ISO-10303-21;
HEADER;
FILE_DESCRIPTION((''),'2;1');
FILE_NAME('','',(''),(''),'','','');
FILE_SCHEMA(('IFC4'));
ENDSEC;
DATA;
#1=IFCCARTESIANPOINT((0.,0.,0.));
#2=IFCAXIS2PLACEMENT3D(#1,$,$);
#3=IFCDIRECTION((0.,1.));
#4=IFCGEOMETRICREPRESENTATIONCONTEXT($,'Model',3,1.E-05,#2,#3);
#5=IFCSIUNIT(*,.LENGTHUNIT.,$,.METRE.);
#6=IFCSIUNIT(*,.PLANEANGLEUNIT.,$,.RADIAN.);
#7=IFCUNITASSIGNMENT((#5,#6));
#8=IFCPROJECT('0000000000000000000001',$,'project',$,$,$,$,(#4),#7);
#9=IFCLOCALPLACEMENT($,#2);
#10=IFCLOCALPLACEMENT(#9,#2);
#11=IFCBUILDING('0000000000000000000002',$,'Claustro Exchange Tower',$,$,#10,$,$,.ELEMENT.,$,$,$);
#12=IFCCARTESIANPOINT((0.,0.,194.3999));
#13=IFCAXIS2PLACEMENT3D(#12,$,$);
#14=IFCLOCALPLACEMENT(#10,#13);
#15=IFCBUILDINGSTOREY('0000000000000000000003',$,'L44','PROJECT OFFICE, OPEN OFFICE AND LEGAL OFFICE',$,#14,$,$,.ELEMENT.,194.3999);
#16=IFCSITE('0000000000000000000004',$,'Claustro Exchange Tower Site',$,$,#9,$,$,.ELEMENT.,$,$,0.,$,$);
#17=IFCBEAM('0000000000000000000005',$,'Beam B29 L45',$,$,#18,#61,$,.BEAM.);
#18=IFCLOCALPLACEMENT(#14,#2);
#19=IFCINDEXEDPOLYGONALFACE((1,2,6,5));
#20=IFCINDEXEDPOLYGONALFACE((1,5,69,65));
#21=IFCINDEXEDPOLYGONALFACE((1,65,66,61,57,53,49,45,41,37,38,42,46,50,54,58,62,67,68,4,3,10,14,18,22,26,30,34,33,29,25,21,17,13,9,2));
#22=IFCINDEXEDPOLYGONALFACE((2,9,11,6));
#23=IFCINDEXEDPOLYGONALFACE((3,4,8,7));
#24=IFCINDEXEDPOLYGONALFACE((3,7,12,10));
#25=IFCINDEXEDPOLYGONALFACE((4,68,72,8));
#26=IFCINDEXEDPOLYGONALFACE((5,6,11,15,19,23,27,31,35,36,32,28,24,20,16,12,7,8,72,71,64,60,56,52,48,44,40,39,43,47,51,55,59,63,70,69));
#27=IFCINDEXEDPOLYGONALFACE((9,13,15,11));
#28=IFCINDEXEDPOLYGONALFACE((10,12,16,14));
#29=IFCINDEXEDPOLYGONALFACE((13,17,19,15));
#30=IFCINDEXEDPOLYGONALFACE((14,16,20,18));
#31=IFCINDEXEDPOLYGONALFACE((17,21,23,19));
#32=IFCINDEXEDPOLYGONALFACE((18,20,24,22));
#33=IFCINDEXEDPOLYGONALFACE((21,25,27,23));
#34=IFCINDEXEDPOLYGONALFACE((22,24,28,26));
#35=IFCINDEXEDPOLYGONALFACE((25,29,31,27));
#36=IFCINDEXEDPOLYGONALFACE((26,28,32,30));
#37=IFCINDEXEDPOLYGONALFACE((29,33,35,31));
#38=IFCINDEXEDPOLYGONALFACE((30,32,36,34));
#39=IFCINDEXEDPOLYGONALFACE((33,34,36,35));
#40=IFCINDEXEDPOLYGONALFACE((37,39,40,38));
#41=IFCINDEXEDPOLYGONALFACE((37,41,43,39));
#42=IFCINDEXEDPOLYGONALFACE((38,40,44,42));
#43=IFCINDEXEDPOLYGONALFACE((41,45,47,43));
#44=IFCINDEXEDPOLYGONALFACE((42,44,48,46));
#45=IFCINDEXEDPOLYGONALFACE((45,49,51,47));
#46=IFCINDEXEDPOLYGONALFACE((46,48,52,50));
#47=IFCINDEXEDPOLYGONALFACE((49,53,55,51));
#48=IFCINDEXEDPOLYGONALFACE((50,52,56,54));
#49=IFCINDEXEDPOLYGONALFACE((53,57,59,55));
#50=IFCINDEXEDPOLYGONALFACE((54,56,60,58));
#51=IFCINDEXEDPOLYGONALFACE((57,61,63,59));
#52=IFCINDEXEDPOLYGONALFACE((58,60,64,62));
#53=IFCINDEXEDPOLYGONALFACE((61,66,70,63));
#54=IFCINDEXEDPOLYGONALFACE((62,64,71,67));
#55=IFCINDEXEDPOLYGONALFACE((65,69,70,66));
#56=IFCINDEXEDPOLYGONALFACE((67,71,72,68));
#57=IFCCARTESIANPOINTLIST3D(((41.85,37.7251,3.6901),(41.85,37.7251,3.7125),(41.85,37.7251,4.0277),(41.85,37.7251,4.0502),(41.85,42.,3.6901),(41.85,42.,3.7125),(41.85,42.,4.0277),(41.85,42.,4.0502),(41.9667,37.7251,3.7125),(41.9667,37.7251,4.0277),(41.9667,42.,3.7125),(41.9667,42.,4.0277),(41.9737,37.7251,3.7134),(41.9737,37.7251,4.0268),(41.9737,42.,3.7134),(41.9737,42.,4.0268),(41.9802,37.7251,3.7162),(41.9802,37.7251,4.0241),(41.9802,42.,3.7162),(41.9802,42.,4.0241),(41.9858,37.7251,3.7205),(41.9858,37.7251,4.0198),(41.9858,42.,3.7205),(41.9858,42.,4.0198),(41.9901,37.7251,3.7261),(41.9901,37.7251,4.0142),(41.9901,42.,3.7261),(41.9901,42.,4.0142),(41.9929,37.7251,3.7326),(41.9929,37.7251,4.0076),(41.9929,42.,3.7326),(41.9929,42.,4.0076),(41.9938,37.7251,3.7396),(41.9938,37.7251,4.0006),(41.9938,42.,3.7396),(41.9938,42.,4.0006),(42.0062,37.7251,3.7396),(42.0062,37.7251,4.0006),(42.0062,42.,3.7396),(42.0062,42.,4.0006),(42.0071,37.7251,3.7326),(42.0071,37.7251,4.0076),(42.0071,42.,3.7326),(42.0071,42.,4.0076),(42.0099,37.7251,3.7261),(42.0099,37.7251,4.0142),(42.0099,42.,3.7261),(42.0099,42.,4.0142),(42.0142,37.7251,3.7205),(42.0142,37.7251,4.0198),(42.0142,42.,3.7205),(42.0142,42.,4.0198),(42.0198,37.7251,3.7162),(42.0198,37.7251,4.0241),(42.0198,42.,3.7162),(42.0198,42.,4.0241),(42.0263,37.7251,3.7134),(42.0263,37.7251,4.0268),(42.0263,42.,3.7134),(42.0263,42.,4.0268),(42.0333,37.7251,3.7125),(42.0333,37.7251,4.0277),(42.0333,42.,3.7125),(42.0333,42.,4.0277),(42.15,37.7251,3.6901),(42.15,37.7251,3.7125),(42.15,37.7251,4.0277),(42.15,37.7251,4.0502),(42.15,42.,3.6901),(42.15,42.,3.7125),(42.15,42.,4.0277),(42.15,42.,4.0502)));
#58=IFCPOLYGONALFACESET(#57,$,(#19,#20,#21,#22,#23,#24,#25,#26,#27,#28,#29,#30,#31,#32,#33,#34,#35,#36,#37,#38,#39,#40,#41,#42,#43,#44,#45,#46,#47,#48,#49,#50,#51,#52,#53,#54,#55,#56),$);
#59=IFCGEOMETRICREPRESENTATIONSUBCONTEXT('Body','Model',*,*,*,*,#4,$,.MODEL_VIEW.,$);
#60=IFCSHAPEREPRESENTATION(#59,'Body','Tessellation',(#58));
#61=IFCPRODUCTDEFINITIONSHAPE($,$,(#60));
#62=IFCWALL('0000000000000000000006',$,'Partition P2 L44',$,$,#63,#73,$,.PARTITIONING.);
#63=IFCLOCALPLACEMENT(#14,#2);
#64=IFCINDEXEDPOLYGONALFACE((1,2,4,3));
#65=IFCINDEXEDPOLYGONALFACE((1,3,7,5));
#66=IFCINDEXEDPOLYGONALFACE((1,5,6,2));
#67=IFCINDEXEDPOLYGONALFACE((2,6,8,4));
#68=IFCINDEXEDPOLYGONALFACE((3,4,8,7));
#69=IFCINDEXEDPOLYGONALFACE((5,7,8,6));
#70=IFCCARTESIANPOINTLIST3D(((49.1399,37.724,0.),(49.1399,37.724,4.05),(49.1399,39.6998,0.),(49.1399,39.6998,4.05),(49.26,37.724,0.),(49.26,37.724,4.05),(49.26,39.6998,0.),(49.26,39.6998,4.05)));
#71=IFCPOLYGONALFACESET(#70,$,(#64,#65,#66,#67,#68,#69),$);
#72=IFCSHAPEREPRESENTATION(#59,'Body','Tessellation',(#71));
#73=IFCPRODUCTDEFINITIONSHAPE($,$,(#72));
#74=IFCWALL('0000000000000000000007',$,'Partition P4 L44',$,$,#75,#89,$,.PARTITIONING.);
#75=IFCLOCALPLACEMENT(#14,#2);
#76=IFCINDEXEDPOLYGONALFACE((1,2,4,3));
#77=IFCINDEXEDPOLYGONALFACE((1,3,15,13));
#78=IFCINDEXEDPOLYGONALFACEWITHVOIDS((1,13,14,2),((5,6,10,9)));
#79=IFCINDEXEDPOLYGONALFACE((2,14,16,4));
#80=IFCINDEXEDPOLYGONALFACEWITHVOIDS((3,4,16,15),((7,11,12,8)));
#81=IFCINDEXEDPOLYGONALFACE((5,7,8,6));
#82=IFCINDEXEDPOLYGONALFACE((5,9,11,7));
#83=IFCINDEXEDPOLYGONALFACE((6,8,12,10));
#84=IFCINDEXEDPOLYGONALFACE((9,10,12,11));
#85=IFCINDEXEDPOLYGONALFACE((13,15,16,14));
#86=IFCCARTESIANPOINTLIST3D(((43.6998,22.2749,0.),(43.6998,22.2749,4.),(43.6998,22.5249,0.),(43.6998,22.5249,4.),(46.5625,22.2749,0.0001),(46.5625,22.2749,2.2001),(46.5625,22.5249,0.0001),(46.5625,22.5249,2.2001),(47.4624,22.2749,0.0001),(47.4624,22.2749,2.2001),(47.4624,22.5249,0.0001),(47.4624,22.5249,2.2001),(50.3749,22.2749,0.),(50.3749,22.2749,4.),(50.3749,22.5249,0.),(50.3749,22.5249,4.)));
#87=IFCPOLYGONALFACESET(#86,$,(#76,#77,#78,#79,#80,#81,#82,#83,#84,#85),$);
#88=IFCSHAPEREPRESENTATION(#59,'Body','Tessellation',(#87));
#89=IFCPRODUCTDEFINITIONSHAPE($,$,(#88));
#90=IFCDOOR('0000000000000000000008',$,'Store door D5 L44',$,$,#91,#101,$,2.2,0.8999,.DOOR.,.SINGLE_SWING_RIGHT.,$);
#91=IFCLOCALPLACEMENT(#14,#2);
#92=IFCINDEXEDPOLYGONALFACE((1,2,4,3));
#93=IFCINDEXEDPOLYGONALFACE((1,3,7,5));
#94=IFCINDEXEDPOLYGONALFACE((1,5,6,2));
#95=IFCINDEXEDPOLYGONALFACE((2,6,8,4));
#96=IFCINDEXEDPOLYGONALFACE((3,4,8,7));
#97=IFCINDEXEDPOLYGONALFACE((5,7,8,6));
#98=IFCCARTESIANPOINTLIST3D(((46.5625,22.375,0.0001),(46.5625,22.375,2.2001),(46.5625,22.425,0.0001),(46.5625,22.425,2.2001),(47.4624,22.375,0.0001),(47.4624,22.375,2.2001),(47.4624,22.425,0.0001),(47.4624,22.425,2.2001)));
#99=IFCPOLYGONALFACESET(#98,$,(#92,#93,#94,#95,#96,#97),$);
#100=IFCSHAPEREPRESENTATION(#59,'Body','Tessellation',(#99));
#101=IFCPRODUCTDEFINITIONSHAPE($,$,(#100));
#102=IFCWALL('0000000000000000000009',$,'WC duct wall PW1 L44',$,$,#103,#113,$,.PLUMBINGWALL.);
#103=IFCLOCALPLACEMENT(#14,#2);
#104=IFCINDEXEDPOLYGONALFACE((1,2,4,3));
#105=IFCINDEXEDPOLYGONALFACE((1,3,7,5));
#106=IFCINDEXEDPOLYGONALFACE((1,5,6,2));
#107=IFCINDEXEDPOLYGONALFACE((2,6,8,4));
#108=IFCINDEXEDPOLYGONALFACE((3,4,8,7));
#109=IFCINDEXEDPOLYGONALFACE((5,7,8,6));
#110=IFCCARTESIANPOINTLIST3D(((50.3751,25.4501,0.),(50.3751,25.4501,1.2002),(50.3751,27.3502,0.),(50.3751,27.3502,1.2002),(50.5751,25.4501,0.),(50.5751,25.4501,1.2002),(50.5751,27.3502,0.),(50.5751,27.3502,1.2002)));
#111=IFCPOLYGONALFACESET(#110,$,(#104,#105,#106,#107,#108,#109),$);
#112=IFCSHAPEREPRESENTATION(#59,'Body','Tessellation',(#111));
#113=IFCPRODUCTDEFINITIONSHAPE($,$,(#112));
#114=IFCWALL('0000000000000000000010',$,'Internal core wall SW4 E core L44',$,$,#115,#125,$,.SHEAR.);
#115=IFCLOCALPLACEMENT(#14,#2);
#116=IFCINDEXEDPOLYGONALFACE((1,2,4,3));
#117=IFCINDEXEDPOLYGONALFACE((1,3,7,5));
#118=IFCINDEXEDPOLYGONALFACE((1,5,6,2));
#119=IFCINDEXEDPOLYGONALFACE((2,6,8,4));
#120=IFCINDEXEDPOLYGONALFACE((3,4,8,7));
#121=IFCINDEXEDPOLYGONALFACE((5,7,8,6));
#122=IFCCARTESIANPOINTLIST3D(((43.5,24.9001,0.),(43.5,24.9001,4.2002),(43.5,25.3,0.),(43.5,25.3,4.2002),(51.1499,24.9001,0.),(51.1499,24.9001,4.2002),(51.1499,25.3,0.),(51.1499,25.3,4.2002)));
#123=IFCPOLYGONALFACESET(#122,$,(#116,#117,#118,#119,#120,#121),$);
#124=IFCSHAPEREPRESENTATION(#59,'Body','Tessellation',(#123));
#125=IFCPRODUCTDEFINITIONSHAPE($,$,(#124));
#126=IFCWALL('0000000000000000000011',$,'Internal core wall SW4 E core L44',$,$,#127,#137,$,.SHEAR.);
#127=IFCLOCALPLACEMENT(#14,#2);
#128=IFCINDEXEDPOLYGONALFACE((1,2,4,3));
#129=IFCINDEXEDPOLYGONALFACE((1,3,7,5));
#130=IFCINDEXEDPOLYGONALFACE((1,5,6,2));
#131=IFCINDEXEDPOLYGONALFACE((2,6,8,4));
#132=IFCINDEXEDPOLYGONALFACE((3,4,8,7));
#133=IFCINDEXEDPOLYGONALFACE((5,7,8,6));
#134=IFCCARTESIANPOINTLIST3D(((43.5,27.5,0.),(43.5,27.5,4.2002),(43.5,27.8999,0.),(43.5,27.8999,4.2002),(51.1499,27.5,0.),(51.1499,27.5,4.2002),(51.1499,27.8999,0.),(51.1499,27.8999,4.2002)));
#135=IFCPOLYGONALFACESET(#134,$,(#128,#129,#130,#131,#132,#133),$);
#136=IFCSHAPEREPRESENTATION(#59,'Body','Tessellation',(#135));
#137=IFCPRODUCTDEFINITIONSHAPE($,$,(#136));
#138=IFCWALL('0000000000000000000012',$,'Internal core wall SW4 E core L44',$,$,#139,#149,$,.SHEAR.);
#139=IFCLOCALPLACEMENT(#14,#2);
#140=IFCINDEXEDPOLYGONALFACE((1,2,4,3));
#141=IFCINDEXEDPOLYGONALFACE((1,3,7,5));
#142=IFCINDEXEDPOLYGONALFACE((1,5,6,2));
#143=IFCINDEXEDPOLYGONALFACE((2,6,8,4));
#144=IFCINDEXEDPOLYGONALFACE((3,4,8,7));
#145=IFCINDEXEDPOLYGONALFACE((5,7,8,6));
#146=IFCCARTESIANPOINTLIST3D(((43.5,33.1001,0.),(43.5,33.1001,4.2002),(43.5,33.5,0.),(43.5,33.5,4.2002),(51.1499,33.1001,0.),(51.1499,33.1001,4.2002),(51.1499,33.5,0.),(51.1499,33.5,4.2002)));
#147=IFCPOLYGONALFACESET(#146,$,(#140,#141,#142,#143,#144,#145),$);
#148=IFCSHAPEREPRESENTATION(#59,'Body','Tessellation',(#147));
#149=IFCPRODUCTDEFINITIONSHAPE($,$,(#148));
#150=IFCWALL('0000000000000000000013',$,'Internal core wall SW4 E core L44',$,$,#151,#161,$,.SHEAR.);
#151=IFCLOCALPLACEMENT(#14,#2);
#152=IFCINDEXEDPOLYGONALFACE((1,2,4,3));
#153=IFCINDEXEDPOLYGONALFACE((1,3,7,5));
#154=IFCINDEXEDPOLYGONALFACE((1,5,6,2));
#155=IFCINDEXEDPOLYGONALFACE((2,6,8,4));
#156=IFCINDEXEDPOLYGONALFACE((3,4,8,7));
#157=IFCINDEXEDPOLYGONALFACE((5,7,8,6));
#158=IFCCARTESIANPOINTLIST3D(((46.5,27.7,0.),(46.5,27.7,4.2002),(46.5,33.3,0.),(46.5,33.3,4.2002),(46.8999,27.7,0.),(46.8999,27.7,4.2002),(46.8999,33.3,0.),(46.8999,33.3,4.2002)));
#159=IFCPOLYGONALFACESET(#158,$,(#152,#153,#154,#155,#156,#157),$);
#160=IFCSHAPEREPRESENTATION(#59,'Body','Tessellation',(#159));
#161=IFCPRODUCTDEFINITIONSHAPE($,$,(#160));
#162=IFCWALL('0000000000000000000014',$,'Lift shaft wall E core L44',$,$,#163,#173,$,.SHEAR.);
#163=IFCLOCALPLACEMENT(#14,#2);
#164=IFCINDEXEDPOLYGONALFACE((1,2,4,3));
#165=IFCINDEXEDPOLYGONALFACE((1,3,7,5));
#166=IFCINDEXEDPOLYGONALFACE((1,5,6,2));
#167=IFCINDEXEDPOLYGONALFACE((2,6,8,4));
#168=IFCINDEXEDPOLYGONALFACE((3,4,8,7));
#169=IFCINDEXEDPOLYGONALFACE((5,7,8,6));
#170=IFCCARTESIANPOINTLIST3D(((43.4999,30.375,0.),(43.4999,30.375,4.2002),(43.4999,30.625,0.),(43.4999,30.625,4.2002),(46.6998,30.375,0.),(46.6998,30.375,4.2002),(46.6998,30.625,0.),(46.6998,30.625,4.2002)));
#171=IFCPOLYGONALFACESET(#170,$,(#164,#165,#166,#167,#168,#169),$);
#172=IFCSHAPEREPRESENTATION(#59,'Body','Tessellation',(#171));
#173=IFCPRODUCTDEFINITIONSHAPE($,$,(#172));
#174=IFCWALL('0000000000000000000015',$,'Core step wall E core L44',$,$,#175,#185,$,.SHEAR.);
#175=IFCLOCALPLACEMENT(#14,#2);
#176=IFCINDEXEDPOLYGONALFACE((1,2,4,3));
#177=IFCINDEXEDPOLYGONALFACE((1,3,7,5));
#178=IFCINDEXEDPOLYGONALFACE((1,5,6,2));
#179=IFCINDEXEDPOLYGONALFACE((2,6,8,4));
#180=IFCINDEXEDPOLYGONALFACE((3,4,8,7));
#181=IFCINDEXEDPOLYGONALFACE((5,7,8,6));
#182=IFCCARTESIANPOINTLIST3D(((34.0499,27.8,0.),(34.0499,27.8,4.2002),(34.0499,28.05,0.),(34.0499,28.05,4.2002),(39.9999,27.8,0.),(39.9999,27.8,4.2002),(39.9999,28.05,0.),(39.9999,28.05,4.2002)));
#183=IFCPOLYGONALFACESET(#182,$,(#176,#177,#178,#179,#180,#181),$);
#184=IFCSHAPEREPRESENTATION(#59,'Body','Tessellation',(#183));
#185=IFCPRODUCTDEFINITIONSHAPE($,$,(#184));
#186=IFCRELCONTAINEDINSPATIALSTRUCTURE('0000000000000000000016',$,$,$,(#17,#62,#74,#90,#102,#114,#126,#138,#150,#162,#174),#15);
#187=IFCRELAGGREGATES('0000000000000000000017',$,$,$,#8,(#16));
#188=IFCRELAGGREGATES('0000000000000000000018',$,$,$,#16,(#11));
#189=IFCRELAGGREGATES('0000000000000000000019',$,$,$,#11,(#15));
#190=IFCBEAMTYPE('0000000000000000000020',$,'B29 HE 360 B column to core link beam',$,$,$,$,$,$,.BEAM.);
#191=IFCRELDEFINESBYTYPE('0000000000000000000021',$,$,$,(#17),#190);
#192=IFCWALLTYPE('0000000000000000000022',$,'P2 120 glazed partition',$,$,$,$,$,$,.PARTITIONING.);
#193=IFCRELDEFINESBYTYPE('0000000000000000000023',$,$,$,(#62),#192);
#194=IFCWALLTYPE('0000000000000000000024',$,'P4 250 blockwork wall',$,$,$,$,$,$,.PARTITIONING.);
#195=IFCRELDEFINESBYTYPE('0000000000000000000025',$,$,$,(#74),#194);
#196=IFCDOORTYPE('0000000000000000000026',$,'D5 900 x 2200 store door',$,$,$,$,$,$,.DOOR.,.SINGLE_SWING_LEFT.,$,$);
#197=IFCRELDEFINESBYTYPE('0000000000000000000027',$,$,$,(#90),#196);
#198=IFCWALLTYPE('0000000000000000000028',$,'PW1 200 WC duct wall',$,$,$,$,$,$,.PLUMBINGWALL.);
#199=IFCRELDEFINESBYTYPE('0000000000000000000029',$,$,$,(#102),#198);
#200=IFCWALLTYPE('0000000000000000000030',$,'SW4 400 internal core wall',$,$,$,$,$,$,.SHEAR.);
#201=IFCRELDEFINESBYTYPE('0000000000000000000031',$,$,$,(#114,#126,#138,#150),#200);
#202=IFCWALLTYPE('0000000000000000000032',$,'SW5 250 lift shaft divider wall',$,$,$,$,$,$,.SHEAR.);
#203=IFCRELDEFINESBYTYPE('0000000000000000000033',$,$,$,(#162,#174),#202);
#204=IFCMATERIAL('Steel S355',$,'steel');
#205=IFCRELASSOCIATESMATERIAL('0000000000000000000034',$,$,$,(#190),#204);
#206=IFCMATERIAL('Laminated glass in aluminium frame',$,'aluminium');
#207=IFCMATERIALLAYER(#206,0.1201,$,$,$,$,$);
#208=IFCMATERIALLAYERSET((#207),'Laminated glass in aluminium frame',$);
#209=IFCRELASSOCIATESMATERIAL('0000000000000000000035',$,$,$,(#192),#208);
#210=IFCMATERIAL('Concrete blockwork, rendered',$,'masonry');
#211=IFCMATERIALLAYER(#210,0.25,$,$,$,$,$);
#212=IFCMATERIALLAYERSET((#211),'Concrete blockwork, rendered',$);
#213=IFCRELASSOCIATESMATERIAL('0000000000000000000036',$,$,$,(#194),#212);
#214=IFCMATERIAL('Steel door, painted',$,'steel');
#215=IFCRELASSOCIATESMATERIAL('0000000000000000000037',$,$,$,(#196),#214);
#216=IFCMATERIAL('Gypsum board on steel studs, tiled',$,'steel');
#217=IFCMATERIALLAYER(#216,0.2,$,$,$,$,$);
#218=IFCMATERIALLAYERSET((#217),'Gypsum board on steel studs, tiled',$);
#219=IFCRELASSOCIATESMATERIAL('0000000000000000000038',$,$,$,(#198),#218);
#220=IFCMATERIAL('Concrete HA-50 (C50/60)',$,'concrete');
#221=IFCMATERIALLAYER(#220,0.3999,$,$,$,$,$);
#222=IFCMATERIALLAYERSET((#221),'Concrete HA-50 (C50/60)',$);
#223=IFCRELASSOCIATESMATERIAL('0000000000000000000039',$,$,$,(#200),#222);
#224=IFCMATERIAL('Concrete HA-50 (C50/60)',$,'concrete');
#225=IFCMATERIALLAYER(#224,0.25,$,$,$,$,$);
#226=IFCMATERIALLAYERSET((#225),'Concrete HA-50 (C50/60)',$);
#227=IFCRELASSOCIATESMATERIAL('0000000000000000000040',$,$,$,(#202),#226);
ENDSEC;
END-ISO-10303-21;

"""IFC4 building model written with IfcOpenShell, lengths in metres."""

from ifc_helpers import new_model, si_unit, direction, frame, frame_2d, origin, origin_2d, place, context, subcontext, project, spatial, rectangle, i_section, extrude, material, layer, layer_set, material_profile, profile_set, type_object, element, fill, save


model = new_model("IFC4")

# Units and contexts
model_context = context("Model", 3, precision=1e-05, world=origin(), true_north=direction((0.0, 1.0)))
body_context = subcontext(model_context, "Body", "Model", "MODEL_VIEW")
ifc_project = project(units=[si_unit("LENGTHUNIT", "METRE"), si_unit("PLANEANGLEUNIT", "RADIAN")], contexts=[model_context])

# Site, building, storey
site_placement = place(None, origin())
site = spatial("IfcSite", under=ifc_project, at=site_placement, Name="Claustro Exchange Tower Site", CompositionType="ELEMENT", RefElevation=0.0)
building_placement = place(site_placement, origin())
building = spatial("IfcBuilding", under=site, at=building_placement, Name="Claustro Exchange Tower", CompositionType="ELEMENT")
storey_placement = place(building_placement, frame((0.0, 0.0, 194.3999)))
storey = spatial("IfcBuildingStorey", under=building, at=storey_placement, Name="L44", Description="PROJECT OFFICE, OPEN OFFICE AND LEGAL OFFICE", CompositionType="ELEMENT", Elevation=194.3999)

# Beam
ifc_material_1 = material(Name="Steel S355", Category="steel")
ifc_material_profile = material_profile(ifc_material_1, i_section(OverallWidth=0.3, OverallDepth=0.3601, WebThickness=0.0125, FlangeThickness=0.0225, FilletRadius=0.0271, at=origin_2d()), Name="HE 360 B")
ifc_profile_set = profile_set([ifc_material_profile], Name="Steel S355")
beam_type = type_object("IfcBeamType", Name="B29 HE 360 B column to core link beam", PredefinedType="BEAM", material=ifc_profile_set)
beam_placement = place(storey_placement, frame((42.0, 37.7251, 3.8701), z_axis=(0.0, 1.0, 0.0), x_axis=(-1.0, 0.0, 0.0)))
element("IfcBeam", 1, at=beam_placement, inside=storey, type_object=beam_type, Name="Beam B29 L45", PredefinedType="BEAM", context=body_context, shape_type="SweptSolid", body=[
    extrude(i_section(OverallWidth=0.3, OverallDepth=0.3601, WebThickness=0.0125, FlangeThickness=0.0225, FilletRadius=0.0271, at=origin_2d()), origin(), (0.0, 0.0, 1.0), 4.2749),
])

# Wall
ifc_material_2 = material(Name="Laminated glass in aluminium frame", Category="aluminium")
ifc_layer_1 = layer(ifc_material_2, 0.1201)
ifc_layer_set_1 = layer_set([ifc_layer_1], Name="Laminated glass in aluminium frame")
wall_type_1 = type_object("IfcWallType", Name="P2 120 glazed partition", PredefinedType="PARTITIONING", material=ifc_layer_set_1)
wall_1_placement = place(storey_placement, frame((49.2, 37.7241, 0.0), z_axis=(0.0, 0.0, 1.0), x_axis=(0.0, 1.0, 0.0)))
element("IfcWall", 2, at=wall_1_placement, inside=storey, type_object=wall_type_1, Name="Partition P2 L44", PredefinedType="PARTITIONING", context=body_context, shape_type="SweptSolid", body=[
    extrude(rectangle(XDim=1.9758, YDim=0.1201, at=frame_2d((0.9878, 0.0))), origin(), (0.0, 0.0, 1.0), 4.05),
])

# Wall, opening, door
ifc_material_3 = material(Name="Concrete blockwork, rendered", Category="masonry")
ifc_layer_2 = layer(ifc_material_3, 0.25)
ifc_layer_set_2 = layer_set([ifc_layer_2], Name="Concrete blockwork, rendered")
wall_type_2 = type_object("IfcWallType", Name="P4 250 blockwork wall", PredefinedType="PARTITIONING", material=ifc_layer_set_2)
wall_2_placement = place(storey_placement, frame((43.7, 22.3999, 0.0), z_axis=(0.0, 0.0, 1.0), x_axis=(1.0, 0.0, 0.0)))
wall_2 = element("IfcWall", 3, at=wall_2_placement, inside=storey, type_object=wall_type_2, Name="Partition P4 L44", PredefinedType="PARTITIONING", context=body_context, shape_type="SweptSolid", body=[
    extrude(rectangle(XDim=6.675, YDim=0.25, at=frame_2d((3.3374, 0.0))), origin(), (0.0, 0.0, 1.0), 4.0),
])
opening_placement = place(wall_2_placement, frame((2.8625, 0.0, 0.0)))
opening = element("IfcOpeningElement", 4, at=opening_placement, cuts=wall_2, PredefinedType="OPENING", context=body_context, shape_type="SweptSolid", body=[
    extrude(rectangle(XDim=0.8999, YDim=2.2, at=frame_2d((0.45, 1.1001))), frame((0.0, 0.135, 0.0), z_axis=(0.0, -1.0, 0.0), x_axis=(1.0, 0.0, 0.0)), (0.0, 0.0, 1.0), 0.27),
])
ifc_material_4 = material(Name="Steel door, painted", Category="steel")
door_type = type_object("IfcDoorType", Name="D5 900 x 2200 store door", OperationType="SINGLE_SWING_LEFT", PredefinedType="DOOR", material=ifc_material_4)
door_placement = place(opening_placement, frame((0.8999, 0.0, 0.0), z_axis=(0.0, 0.0, 1.0), x_axis=(-1.0, 0.0, 0.0)))
door = element("IfcDoor", 5, at=door_placement, inside=storey, type_object=door_type, Name="Store door D5 L44", OperationType="SINGLE_SWING_RIGHT", OverallHeight=2.2, OverallWidth=0.8999, PredefinedType="DOOR", context=body_context, shape_type="SweptSolid", body=[
    extrude(rectangle(XDim=0.8999, YDim=2.2, at=frame_2d((0.45, 1.1001))), frame((0.0, 0.0249, 0.0), z_axis=(0.0, -1.0, 0.0), x_axis=(1.0, 0.0, 0.0)), (0.0, 0.0, 1.0), 0.05),
])
fill(opening, door)

# Walls
ifc_material_5 = material(Name="Gypsum board on steel studs, tiled", Category="steel")
ifc_layer_3 = layer(ifc_material_5, 0.2)
ifc_layer_set_3 = layer_set([ifc_layer_3], Name="Gypsum board on steel studs, tiled")
wall_type_3 = type_object("IfcWallType", Name="PW1 200 WC duct wall", PredefinedType="PLUMBINGWALL", material=ifc_layer_set_3)
wall_3_placement = place(storey_placement, frame((50.4751, 25.45, 0.0), z_axis=(0.0, 0.0, 1.0), x_axis=(0.0, 1.0, 0.0)))
element("IfcWall", 6, at=wall_3_placement, inside=storey, type_object=wall_type_3, Name="WC duct wall PW1 L44", PredefinedType="PLUMBINGWALL", context=body_context, shape_type="SweptSolid", body=[
    extrude(rectangle(XDim=1.9001, YDim=0.2, at=frame_2d((0.9502, 0.0))), origin(), (0.0, 0.0, 1.0), 1.2002),
])
ifc_material_6 = material(Name="Concrete HA-50 (C50/60)", Category="concrete")
ifc_layer_4 = layer(ifc_material_6, 0.3999)
ifc_layer_set_4 = layer_set([ifc_layer_4], Name="Concrete HA-50 (C50/60)")
wall_type_4 = type_object("IfcWallType", Name="SW4 400 internal core wall", PredefinedType="SHEAR", material=ifc_layer_set_4)
for number, where, z_axis, x_axis, name in (
    (7, (51.1499, 25.1001, 0.0), (0.0, 0.0, 1.0), (-1.0, 0.0, 0.0), "Internal core wall SW4 E core L44"),
    (8, (51.1499, 27.7, 0.0), (0.0, 0.0, 1.0), (-1.0, 0.0, 0.0), "Internal core wall SW4 E core L44"),
    (9, (51.1499, 33.3, 0.0), (0.0, 0.0, 1.0), (-1.0, 0.0, 0.0), "Internal core wall SW4 E core L44"),
):
    element("IfcWall", number, at=place(storey_placement, frame(where, z_axis=z_axis, x_axis=x_axis)), inside=storey, type_object=wall_type_4, Name=name, PredefinedType="SHEAR", context=body_context, shape_type="SweptSolid", body=[
        extrude(rectangle(XDim=7.6499, YDim=0.3999, at=frame_2d((3.825, 0.0))), origin(), (0.0, 0.0, 1.0), 4.2002),
    ])
wall_4_placement = place(storey_placement, frame((46.7, 27.7, 0.0), z_axis=(0.0, 0.0, 1.0), x_axis=(0.0, 1.0, 0.0)))
element("IfcWall", 10, at=wall_4_placement, inside=storey, type_object=wall_type_4, Name="Internal core wall SW4 E core L44", PredefinedType="SHEAR", context=body_context, shape_type="SweptSolid", body=[
    extrude(rectangle(XDim=5.6001, YDim=0.3999, at=frame_2d((2.8, 0.0))), origin(), (0.0, 0.0, 1.0), 4.2002),
])
ifc_material_7 = material(Name="Concrete HA-50 (C50/60)", Category="concrete")
ifc_layer_5 = layer(ifc_material_7, 0.25)
ifc_layer_set_5 = layer_set([ifc_layer_5], Name="Concrete HA-50 (C50/60)")
wall_type_5 = type_object("IfcWallType", Name="SW5 250 lift shaft divider wall", PredefinedType="SHEAR", material=ifc_layer_set_5)
wall_5_placement = place(storey_placement, frame((46.7, 30.5, 0.0), z_axis=(0.0, 0.0, 1.0), x_axis=(-1.0, 0.0, 0.0)))
element("IfcWall", 11, at=wall_5_placement, inside=storey, type_object=wall_type_5, Name="Lift shaft wall E core L44", PredefinedType="SHEAR", context=body_context, shape_type="SweptSolid", body=[
    extrude(rectangle(XDim=3.2, YDim=0.25, at=frame_2d((1.6001, 0.0))), origin(), (0.0, 0.0, 1.0), 4.2002),
])
wall_6_placement = place(storey_placement, frame((40.0, 27.925, 0.0), z_axis=(0.0, 0.0, 1.0), x_axis=(-1.0, 0.0, 0.0)))
element("IfcWall", 12, at=wall_6_placement, inside=storey, type_object=wall_type_5, Name="Core step wall E core L44", PredefinedType="SHEAR", context=body_context, shape_type="SweptSolid", body=[
    extrude(rectangle(XDim=5.95, YDim=0.25, at=frame_2d((2.9751, 0.0))), origin(), (0.0, 0.0, 1.0), 4.2002),
])

save(model, "model.ifc")
